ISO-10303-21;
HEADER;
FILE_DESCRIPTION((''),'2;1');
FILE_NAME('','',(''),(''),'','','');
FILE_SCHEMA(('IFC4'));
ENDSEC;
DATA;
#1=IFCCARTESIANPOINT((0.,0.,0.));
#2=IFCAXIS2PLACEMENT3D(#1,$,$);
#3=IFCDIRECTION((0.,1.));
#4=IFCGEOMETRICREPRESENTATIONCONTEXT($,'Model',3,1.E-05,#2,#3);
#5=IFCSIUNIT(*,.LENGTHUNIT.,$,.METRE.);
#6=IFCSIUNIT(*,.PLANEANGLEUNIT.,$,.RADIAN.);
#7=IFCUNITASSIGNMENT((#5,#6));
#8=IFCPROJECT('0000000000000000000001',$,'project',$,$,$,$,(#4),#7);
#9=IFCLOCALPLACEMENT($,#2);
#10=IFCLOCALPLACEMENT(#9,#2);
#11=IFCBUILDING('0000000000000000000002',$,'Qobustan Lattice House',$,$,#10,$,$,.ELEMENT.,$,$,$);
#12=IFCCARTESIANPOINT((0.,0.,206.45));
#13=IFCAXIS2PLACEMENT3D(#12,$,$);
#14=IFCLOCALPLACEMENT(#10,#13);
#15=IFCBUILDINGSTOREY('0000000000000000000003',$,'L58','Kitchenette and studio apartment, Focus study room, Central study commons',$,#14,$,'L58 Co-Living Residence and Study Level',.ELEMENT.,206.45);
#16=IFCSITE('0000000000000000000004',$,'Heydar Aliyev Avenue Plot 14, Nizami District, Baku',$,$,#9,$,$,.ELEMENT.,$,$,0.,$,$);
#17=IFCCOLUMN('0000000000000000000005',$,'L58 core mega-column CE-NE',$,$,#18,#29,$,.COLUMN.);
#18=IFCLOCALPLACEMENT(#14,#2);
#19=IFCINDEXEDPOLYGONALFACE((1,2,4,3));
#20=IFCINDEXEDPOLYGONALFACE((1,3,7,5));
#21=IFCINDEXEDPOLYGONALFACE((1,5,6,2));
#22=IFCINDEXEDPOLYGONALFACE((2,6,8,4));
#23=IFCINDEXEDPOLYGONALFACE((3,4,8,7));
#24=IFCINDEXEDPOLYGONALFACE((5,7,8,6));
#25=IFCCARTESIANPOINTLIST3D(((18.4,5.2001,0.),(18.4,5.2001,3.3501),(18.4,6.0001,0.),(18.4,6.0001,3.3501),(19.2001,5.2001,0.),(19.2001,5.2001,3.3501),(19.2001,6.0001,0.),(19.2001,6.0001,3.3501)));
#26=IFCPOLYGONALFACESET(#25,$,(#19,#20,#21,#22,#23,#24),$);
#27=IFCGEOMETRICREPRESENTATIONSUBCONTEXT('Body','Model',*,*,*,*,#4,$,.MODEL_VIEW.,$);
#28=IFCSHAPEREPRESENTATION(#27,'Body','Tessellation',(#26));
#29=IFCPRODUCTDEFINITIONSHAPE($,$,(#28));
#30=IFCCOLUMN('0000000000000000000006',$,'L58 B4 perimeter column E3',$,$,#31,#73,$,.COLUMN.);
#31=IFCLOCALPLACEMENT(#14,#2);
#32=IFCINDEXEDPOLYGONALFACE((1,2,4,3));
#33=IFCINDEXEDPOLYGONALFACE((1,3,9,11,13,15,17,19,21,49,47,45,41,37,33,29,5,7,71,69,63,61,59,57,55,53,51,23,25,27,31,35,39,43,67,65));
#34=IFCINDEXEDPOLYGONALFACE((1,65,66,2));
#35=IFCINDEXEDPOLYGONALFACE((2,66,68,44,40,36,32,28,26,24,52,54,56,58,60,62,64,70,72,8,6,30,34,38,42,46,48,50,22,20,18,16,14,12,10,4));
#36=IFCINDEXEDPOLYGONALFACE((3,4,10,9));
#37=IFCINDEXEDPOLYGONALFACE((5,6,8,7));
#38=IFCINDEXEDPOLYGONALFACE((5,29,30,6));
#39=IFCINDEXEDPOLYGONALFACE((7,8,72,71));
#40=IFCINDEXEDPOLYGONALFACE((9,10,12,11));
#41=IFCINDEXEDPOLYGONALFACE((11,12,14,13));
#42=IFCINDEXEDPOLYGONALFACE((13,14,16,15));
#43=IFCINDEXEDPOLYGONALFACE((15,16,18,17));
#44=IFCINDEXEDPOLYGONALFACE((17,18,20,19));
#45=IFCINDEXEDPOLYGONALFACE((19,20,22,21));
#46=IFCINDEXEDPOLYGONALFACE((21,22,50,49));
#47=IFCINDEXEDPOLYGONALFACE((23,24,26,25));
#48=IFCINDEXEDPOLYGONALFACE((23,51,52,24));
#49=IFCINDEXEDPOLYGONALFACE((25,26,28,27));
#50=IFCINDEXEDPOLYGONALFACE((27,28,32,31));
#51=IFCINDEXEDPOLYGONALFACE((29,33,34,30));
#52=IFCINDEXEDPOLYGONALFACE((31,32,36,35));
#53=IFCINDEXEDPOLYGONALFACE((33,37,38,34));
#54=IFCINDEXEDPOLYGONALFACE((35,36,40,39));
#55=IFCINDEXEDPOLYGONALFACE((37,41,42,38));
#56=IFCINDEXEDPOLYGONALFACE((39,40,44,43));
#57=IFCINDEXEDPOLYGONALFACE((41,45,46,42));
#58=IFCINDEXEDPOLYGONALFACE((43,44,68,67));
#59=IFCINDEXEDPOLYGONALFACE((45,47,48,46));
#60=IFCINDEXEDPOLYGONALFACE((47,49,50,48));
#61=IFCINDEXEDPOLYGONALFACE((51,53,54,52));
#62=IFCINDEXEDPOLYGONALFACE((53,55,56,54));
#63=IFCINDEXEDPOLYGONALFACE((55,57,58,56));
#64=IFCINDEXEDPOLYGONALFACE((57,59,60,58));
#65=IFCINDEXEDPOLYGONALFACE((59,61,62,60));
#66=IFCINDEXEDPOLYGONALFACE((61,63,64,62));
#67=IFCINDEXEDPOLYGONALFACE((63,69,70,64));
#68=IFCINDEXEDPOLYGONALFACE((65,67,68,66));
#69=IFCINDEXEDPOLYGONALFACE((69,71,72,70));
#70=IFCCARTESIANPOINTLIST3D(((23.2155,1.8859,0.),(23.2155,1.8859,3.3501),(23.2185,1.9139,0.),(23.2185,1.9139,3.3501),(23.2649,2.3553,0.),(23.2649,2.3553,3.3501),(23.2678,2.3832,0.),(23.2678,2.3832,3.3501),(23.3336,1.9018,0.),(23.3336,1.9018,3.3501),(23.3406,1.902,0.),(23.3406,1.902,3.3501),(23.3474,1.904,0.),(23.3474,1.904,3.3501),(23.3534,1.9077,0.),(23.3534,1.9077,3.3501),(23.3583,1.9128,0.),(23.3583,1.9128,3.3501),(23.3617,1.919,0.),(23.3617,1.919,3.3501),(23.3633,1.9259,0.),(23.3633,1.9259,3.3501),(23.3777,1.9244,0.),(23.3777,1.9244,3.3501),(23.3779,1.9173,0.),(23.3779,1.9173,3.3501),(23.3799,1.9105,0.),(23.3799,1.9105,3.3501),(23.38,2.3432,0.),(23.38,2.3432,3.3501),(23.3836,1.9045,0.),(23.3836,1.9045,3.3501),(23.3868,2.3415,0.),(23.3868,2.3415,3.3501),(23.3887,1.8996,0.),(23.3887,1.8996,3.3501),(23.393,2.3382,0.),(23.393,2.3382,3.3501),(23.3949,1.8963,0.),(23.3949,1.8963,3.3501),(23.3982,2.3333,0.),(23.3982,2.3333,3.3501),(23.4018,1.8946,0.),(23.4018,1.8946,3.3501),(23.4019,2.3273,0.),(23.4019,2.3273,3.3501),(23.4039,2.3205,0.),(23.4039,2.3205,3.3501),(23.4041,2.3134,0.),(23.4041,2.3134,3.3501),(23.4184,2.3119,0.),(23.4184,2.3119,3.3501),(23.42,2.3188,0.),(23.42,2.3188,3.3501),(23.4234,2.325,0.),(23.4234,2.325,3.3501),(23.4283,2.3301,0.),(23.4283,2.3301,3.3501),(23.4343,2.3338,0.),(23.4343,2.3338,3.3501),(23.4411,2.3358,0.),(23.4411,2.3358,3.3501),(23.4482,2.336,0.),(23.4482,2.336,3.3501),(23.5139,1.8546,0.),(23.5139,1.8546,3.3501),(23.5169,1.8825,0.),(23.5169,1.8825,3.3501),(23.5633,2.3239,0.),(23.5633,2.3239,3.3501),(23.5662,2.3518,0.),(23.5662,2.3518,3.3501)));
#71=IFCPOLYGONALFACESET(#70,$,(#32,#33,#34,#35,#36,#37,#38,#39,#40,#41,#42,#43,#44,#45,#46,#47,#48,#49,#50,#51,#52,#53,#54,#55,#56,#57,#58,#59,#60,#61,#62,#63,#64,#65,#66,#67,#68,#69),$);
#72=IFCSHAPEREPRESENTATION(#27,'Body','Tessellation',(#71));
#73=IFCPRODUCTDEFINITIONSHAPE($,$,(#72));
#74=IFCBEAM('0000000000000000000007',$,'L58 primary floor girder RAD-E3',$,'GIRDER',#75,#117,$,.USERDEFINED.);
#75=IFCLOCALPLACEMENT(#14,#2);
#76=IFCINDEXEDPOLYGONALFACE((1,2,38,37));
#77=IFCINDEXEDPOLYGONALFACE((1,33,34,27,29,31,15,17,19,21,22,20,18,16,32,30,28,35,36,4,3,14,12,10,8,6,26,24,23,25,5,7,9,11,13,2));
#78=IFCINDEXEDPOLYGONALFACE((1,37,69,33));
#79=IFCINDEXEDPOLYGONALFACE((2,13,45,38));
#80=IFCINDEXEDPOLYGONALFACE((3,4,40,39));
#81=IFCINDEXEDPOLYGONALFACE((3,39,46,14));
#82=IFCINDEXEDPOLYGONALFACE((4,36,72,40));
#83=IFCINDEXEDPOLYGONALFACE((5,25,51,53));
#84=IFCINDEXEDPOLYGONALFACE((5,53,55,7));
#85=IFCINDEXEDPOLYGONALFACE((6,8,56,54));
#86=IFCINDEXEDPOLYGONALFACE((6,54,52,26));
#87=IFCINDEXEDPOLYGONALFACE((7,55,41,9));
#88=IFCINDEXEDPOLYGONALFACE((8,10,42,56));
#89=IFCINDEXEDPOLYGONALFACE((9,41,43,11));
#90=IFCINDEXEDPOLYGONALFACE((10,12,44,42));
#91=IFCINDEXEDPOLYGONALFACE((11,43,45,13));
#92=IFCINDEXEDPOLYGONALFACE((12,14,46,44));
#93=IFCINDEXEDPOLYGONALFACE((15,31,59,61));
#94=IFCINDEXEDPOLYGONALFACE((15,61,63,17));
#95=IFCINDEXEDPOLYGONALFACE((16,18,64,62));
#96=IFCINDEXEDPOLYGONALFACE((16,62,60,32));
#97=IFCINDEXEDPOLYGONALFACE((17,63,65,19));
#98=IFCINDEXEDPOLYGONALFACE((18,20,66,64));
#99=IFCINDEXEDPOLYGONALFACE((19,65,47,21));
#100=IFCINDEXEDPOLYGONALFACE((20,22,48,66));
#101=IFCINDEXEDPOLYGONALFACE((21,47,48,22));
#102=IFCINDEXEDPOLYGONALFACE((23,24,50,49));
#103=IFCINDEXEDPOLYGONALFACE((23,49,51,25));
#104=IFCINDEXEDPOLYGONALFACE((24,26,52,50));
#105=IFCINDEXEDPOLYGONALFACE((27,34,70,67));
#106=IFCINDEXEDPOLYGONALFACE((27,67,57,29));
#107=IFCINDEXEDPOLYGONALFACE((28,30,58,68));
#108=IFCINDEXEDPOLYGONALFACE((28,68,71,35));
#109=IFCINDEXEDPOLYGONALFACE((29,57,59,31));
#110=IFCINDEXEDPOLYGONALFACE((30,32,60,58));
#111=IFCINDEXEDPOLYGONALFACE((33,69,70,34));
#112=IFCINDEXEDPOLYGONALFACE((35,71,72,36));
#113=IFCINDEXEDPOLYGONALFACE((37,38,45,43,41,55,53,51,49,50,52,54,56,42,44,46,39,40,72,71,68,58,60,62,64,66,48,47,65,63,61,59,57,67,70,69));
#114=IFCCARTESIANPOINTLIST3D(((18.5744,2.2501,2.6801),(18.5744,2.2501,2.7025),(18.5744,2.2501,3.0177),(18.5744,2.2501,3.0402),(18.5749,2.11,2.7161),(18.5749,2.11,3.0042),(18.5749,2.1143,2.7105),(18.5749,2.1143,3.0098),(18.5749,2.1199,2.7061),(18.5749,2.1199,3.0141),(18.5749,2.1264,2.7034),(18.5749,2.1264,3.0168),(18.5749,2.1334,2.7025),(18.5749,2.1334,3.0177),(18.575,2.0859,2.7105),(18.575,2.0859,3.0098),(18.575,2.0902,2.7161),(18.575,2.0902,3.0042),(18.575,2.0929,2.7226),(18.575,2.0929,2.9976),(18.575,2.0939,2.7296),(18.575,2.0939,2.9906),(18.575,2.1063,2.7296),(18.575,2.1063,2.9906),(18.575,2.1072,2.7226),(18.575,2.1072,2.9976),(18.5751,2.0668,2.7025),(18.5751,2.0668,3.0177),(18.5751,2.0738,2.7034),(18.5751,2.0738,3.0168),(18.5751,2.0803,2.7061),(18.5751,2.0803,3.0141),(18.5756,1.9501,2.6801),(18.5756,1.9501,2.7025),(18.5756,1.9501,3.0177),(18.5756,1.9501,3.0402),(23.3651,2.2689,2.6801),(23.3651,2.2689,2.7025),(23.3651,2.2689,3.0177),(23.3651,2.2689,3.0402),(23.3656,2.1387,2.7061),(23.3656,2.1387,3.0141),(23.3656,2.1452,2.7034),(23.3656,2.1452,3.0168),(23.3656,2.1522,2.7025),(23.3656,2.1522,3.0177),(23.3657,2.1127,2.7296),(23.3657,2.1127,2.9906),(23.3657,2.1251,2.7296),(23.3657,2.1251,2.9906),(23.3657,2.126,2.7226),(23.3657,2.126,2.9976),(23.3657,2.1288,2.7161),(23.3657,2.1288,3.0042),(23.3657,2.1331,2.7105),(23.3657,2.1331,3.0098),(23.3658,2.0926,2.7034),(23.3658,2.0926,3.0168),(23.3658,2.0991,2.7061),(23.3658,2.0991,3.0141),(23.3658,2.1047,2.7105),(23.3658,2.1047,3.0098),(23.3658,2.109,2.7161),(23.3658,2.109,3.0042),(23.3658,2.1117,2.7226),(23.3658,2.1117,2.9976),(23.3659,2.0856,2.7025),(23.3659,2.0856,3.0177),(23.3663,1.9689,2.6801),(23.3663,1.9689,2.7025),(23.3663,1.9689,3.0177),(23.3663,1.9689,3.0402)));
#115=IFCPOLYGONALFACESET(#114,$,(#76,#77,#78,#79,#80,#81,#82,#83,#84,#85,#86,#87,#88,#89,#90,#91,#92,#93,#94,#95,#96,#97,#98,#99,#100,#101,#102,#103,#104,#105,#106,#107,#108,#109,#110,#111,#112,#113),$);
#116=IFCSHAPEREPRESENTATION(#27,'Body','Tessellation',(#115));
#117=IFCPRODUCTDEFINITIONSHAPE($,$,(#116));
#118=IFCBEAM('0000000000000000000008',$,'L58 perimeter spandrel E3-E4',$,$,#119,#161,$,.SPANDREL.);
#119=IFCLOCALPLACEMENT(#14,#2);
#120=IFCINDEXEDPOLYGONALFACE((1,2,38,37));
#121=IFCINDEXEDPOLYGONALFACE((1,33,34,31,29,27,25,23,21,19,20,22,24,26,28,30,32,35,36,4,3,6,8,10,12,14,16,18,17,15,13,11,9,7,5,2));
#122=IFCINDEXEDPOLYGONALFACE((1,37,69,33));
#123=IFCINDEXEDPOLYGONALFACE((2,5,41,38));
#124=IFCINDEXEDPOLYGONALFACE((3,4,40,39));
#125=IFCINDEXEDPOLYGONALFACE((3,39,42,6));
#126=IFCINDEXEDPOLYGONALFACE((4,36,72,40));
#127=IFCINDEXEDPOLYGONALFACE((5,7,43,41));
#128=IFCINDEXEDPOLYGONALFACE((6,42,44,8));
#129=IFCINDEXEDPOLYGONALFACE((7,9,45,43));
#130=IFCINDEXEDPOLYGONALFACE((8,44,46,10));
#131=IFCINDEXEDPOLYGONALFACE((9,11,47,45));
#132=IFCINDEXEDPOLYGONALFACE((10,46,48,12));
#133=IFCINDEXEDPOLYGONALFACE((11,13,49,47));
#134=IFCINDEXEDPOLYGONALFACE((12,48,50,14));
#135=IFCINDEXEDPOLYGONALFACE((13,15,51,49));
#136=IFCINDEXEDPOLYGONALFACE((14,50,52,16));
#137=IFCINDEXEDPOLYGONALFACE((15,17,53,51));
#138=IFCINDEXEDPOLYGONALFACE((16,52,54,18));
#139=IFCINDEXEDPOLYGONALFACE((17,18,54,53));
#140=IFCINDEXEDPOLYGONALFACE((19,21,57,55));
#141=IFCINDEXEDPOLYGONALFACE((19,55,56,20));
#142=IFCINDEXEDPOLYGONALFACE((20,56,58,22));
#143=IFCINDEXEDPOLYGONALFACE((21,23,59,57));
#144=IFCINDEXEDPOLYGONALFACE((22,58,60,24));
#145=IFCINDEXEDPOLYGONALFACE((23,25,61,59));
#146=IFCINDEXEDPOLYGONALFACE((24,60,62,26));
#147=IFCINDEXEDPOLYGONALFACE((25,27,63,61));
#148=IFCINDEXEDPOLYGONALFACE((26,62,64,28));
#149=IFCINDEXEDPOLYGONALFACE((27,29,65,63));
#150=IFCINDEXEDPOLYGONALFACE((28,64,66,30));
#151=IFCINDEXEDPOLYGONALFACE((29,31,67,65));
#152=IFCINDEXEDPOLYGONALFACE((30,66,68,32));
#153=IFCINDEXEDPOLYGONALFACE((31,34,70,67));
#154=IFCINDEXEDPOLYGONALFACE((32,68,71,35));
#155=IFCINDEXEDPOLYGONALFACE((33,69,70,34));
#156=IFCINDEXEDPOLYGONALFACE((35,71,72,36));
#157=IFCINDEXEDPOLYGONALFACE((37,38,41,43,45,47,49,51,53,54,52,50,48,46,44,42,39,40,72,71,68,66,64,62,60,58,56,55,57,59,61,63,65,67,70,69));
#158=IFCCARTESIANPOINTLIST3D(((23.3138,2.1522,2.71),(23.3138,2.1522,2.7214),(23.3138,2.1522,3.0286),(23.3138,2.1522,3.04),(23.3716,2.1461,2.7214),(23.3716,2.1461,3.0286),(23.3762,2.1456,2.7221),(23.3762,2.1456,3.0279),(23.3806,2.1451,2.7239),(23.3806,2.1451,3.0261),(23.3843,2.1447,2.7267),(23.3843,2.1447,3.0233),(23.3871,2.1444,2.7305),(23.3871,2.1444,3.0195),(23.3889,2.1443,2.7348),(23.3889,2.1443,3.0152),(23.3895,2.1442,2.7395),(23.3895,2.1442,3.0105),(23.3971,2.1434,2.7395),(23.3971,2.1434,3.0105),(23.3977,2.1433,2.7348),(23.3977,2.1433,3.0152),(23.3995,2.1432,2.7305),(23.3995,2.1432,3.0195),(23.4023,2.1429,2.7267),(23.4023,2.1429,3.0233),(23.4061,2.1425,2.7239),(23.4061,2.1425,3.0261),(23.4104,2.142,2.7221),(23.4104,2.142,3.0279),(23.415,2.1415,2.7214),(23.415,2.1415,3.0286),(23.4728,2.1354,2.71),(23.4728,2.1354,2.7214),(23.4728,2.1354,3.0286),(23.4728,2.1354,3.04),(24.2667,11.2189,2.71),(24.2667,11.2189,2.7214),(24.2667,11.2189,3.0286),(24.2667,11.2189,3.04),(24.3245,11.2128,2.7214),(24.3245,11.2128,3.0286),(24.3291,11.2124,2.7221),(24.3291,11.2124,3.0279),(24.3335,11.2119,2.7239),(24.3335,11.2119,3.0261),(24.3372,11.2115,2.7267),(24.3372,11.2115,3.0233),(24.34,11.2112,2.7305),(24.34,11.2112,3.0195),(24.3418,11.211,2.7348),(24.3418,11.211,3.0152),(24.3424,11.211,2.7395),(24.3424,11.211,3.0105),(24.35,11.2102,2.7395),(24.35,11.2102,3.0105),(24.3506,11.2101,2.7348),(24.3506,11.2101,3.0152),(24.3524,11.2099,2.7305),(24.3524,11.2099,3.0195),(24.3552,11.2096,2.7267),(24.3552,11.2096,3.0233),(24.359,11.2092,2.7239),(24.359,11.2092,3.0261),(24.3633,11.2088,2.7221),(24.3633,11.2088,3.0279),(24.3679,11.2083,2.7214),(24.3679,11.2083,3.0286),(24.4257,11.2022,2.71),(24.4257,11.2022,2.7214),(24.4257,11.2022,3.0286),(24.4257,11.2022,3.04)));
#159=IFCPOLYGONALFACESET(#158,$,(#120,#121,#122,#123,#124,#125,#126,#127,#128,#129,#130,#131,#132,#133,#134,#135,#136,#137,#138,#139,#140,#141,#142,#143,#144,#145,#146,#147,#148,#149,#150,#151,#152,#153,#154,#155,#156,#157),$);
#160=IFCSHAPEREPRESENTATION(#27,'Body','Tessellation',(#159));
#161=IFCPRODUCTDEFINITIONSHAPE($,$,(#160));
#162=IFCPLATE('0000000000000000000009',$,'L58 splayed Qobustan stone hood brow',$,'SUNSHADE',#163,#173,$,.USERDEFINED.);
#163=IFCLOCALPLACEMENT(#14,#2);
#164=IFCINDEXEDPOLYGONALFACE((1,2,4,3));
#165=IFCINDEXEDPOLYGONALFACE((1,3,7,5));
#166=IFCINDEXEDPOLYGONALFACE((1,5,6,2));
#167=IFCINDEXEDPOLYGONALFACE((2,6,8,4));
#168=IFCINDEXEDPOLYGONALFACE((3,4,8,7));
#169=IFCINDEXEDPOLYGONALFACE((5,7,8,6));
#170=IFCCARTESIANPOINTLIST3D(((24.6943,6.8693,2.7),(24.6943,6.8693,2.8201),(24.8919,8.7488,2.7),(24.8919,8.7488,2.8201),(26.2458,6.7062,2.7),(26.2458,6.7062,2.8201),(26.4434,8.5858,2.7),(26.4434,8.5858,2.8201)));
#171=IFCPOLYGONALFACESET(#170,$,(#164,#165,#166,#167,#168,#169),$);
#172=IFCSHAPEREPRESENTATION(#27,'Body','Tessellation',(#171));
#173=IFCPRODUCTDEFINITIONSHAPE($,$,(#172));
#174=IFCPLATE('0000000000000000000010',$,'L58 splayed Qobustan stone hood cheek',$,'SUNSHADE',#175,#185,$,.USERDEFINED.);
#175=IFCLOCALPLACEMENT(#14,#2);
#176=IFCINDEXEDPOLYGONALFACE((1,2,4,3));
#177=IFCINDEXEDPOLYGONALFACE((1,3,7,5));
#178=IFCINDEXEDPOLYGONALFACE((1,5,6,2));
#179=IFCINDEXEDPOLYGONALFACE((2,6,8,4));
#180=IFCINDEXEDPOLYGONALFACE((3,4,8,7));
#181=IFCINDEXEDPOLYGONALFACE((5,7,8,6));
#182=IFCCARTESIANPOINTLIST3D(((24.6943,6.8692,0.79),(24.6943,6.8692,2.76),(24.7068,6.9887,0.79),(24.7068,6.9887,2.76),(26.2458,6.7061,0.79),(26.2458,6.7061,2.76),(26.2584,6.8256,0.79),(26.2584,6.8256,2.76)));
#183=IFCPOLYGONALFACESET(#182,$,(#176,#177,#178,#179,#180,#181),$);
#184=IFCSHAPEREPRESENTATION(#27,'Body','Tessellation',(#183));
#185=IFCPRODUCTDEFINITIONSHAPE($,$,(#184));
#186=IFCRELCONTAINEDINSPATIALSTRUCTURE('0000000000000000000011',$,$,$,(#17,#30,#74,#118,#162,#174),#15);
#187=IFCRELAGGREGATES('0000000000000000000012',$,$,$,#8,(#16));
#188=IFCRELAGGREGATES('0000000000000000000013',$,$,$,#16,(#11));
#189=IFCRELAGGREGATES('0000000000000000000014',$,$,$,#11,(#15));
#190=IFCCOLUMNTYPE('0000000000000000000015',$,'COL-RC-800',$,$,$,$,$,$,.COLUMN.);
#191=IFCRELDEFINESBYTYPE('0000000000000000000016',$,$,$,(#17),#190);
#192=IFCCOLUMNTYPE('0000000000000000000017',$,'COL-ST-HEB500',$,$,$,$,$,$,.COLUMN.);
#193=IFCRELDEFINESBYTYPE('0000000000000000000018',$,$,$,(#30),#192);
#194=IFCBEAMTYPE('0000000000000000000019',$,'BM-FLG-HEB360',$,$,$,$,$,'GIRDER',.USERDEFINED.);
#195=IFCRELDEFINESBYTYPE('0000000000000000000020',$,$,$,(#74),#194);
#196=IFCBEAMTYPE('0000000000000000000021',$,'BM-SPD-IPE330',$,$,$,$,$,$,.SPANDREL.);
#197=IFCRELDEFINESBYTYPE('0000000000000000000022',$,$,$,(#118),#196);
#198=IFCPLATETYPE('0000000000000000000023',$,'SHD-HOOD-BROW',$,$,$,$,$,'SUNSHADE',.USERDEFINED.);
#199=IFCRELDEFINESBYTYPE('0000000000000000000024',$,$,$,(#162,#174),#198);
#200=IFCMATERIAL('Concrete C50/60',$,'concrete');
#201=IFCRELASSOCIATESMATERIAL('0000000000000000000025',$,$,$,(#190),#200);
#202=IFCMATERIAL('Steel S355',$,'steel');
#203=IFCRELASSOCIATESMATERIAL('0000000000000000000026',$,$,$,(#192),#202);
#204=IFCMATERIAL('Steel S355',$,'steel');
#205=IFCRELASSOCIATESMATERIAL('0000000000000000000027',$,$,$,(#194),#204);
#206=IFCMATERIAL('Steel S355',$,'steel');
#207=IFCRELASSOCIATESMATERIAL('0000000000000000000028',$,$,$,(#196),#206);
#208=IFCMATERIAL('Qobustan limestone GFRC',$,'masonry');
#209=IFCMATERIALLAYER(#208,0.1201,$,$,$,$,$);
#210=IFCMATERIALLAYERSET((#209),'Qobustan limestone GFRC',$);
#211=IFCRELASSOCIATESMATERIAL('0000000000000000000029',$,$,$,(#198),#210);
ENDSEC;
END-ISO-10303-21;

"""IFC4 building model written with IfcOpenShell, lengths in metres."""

from ifc_helpers import new_model, si_unit, direction, frame, origin, origin_2d, place, context, subcontext, project, spatial, rectangle, i_section, extrude, material, layer, layer_set, material_profile, profile_set, type_object, element, save


model = new_model("IFC4")

# Units and contexts
model_context = context("Model", 3, precision=1e-05, world=origin(), true_north=direction((0.0, 1.0)))
body_context = subcontext(model_context, "Body", "Model", "MODEL_VIEW")
ifc_project = project(units=[si_unit("LENGTHUNIT", "METRE"), si_unit("PLANEANGLEUNIT", "RADIAN")], contexts=[model_context])

# Site, building, storey
site_placement = place(None, origin())
site = spatial("IfcSite", under=ifc_project, at=site_placement, Name="Heydar Aliyev Avenue Plot 14, Nizami District, Baku", CompositionType="ELEMENT", RefElevation=0.0)
building_placement = place(site_placement, origin())
building = spatial("IfcBuilding", under=site, at=building_placement, Name="Qobustan Lattice House", CompositionType="ELEMENT")
storey_placement = place(building_placement, frame((0.0, 0.0, 206.45)))
storey = spatial("IfcBuildingStorey", under=building, at=storey_placement, Name="L58", Description="Kitchenette and studio apartment, Focus study room, Central study commons", LongName="L58 Co-Living Residence and Study Level", CompositionType="ELEMENT", Elevation=206.45)

# Columns
ifc_material_1 = material(Name="Concrete C50/60", Category="concrete")
ifc_material_profile_1 = material_profile(ifc_material_1, rectangle(XDim=0.8, YDim=0.8, at=origin_2d()), Name="RC800x800")
ifc_profile_set_1 = profile_set([ifc_material_profile_1], Name="Concrete C50/60")
column_type_1 = type_object("IfcColumnType", Name="COL-RC-800", PredefinedType="COLUMN", material=ifc_profile_set_1)
column_1_placement = place(storey_placement, frame((18.8, 5.6001, 0.0), z_axis=(0.0, 0.0, 1.0), x_axis=(1.0, 0.0, 0.0)))
element("IfcColumn", 1, at=column_1_placement, inside=storey, type_object=column_type_1, Name="L58 core mega-column CE-NE", PredefinedType="COLUMN", context=body_context, shape_type="SweptSolid", body=[
    extrude(rectangle(XDim=0.8, YDim=0.8, at=origin_2d()), origin(), (0.0, 0.0, 1.0), 3.3501),
])
ifc_material_2 = material(Name="Steel S355", Category="steel")
ifc_material_profile_2 = material_profile(ifc_material_2, i_section(OverallWidth=0.3, OverallDepth=0.5, WebThickness=0.0144, FlangeThickness=0.0281, FilletRadius=0.0271, at=origin_2d()), Name="HEB500")
ifc_profile_set_2 = profile_set([ifc_material_profile_2], Name="Steel S355")
column_type_2 = type_object("IfcColumnType", Name="COL-ST-HEB500", PredefinedType="COLUMN", material=ifc_profile_set_2)
column_2_placement = place(storey_placement, frame((23.3909, 2.1189, 0.0), z_axis=(0.0, 0.0, 1.0), x_axis=(0.994522, -0.104528, 0.0)))
element("IfcColumn", 2, at=column_2_placement, inside=storey, type_object=column_type_2, Name="L58 B4 perimeter column E3", PredefinedType="COLUMN", context=body_context, shape_type="SweptSolid", body=[
    extrude(i_section(OverallWidth=0.3, OverallDepth=0.5, WebThickness=0.0144, FlangeThickness=0.0281, FilletRadius=0.0271, at=origin_2d()), origin(), (0.0, 0.0, 1.0), 3.3501),
])

# Beams
ifc_material_3 = material(Name="Steel S355", Category="steel")
ifc_material_profile_3 = material_profile(ifc_material_3, i_section(OverallWidth=0.3, OverallDepth=0.3601, WebThickness=0.0125, FlangeThickness=0.0225, FilletRadius=0.0271, at=origin_2d()), Name="HEB360")
ifc_profile_set_3 = profile_set([ifc_material_profile_3], Name="Steel S355")
beam_type_1 = type_object("IfcBeamType", Name="BM-FLG-HEB360", ElementType="GIRDER", PredefinedType="USERDEFINED", material=ifc_profile_set_3)
beam_1_placement = place(storey_placement, frame((23.3657, 2.1189, 2.8601), z_axis=(-0.999992, -0.003924, 0.0), x_axis=(0.003924, -0.999992, 0.0)))
element("IfcBeam", 3, at=beam_1_placement, inside=storey, type_object=beam_type_1, Name="L58 primary floor girder RAD-E3", ObjectType="GIRDER", PredefinedType="USERDEFINED", context=body_context, shape_type="SweptSolid", body=[
    extrude(i_section(OverallWidth=0.3, OverallDepth=0.3601, WebThickness=0.0125, FlangeThickness=0.0225, FilletRadius=0.0271, at=origin_2d()), origin(), (0.0, 0.0, 1.0), 4.7908),
])
ifc_material_4 = material(Name="Steel S355", Category="steel")
ifc_material_profile_4 = material_profile(ifc_material_4, i_section(OverallWidth=0.1599, OverallDepth=0.3301, WebThickness=0.0076, FlangeThickness=0.0115, FilletRadius=0.0181, at=origin_2d()), Name="IPE330")
ifc_profile_set_4 = profile_set([ifc_material_profile_4], Name="Steel S355")
beam_type_2 = type_object("IfcBeamType", Name="BM-SPD-IPE330", PredefinedType="SPANDREL", material=ifc_profile_set_4)
beam_2_placement = place(storey_placement, frame((23.3933, 2.1438, 2.875), z_axis=(0.104522, 0.994523, 0.0), x_axis=(-0.994523, 0.104522, 0.0)))
element("IfcBeam", 4, at=beam_2_placement, inside=storey, type_object=beam_type_2, Name="L58 perimeter spandrel E3-E4", PredefinedType="SPANDREL", context=body_context, shape_type="SweptSolid", body=[
    extrude(i_section(OverallWidth=0.1599, OverallDepth=0.3301, WebThickness=0.0076, FlangeThickness=0.0115, FilletRadius=0.0181, at=origin_2d()), origin(), (0.0, 0.0, 1.0), 9.1167),
])

# Plates
ifc_material_5 = material(Name="Qobustan limestone GFRC", Category="masonry")
ifc_layer_1 = layer(ifc_material_5, 0.1201)
ifc_layer_set_1 = layer_set([ifc_layer_1], Name="Qobustan limestone GFRC")
plate_type = type_object("IfcPlateType", Name="SHD-HOOD-BROW", ElementType="SUNSHADE", PredefinedType="USERDEFINED", material=ifc_layer_set_1)
plate_1_placement = place(storey_placement, frame((25.5688, 7.7275, 2.7), z_axis=(0.0, 0.0, 1.0), x_axis=(-0.104528, -0.994522, 0.0)))
element("IfcPlate", 5, at=plate_1_placement, inside=storey, type_object=plate_type, Name="L58 splayed Qobustan stone hood brow", ObjectType="SUNSHADE", PredefinedType="USERDEFINED", context=body_context, shape_type="SweptSolid", body=[
    extrude(rectangle(XDim=1.8899, YDim=1.5601, at=origin_2d()), origin(), (0.0, 0.0, 1.0), 0.1201),
])
plate_2_placement = place(storey_placement, frame((25.4763, 6.8474, 0.79), z_axis=(0.0, 0.0, 1.0), x_axis=(-0.104528, -0.994522, 0.0)))
element("IfcPlate", 6, at=plate_2_placement, inside=storey, type_object=plate_type, Name="L58 splayed Qobustan stone hood cheek", ObjectType="SUNSHADE", PredefinedType="USERDEFINED", context=body_context, shape_type="SweptSolid", body=[
    extrude(rectangle(XDim=0.1201, YDim=1.5601, at=origin_2d()), origin(), (0.0, 0.0, 1.0), 1.97),
])

save(model, "model.ifc")
